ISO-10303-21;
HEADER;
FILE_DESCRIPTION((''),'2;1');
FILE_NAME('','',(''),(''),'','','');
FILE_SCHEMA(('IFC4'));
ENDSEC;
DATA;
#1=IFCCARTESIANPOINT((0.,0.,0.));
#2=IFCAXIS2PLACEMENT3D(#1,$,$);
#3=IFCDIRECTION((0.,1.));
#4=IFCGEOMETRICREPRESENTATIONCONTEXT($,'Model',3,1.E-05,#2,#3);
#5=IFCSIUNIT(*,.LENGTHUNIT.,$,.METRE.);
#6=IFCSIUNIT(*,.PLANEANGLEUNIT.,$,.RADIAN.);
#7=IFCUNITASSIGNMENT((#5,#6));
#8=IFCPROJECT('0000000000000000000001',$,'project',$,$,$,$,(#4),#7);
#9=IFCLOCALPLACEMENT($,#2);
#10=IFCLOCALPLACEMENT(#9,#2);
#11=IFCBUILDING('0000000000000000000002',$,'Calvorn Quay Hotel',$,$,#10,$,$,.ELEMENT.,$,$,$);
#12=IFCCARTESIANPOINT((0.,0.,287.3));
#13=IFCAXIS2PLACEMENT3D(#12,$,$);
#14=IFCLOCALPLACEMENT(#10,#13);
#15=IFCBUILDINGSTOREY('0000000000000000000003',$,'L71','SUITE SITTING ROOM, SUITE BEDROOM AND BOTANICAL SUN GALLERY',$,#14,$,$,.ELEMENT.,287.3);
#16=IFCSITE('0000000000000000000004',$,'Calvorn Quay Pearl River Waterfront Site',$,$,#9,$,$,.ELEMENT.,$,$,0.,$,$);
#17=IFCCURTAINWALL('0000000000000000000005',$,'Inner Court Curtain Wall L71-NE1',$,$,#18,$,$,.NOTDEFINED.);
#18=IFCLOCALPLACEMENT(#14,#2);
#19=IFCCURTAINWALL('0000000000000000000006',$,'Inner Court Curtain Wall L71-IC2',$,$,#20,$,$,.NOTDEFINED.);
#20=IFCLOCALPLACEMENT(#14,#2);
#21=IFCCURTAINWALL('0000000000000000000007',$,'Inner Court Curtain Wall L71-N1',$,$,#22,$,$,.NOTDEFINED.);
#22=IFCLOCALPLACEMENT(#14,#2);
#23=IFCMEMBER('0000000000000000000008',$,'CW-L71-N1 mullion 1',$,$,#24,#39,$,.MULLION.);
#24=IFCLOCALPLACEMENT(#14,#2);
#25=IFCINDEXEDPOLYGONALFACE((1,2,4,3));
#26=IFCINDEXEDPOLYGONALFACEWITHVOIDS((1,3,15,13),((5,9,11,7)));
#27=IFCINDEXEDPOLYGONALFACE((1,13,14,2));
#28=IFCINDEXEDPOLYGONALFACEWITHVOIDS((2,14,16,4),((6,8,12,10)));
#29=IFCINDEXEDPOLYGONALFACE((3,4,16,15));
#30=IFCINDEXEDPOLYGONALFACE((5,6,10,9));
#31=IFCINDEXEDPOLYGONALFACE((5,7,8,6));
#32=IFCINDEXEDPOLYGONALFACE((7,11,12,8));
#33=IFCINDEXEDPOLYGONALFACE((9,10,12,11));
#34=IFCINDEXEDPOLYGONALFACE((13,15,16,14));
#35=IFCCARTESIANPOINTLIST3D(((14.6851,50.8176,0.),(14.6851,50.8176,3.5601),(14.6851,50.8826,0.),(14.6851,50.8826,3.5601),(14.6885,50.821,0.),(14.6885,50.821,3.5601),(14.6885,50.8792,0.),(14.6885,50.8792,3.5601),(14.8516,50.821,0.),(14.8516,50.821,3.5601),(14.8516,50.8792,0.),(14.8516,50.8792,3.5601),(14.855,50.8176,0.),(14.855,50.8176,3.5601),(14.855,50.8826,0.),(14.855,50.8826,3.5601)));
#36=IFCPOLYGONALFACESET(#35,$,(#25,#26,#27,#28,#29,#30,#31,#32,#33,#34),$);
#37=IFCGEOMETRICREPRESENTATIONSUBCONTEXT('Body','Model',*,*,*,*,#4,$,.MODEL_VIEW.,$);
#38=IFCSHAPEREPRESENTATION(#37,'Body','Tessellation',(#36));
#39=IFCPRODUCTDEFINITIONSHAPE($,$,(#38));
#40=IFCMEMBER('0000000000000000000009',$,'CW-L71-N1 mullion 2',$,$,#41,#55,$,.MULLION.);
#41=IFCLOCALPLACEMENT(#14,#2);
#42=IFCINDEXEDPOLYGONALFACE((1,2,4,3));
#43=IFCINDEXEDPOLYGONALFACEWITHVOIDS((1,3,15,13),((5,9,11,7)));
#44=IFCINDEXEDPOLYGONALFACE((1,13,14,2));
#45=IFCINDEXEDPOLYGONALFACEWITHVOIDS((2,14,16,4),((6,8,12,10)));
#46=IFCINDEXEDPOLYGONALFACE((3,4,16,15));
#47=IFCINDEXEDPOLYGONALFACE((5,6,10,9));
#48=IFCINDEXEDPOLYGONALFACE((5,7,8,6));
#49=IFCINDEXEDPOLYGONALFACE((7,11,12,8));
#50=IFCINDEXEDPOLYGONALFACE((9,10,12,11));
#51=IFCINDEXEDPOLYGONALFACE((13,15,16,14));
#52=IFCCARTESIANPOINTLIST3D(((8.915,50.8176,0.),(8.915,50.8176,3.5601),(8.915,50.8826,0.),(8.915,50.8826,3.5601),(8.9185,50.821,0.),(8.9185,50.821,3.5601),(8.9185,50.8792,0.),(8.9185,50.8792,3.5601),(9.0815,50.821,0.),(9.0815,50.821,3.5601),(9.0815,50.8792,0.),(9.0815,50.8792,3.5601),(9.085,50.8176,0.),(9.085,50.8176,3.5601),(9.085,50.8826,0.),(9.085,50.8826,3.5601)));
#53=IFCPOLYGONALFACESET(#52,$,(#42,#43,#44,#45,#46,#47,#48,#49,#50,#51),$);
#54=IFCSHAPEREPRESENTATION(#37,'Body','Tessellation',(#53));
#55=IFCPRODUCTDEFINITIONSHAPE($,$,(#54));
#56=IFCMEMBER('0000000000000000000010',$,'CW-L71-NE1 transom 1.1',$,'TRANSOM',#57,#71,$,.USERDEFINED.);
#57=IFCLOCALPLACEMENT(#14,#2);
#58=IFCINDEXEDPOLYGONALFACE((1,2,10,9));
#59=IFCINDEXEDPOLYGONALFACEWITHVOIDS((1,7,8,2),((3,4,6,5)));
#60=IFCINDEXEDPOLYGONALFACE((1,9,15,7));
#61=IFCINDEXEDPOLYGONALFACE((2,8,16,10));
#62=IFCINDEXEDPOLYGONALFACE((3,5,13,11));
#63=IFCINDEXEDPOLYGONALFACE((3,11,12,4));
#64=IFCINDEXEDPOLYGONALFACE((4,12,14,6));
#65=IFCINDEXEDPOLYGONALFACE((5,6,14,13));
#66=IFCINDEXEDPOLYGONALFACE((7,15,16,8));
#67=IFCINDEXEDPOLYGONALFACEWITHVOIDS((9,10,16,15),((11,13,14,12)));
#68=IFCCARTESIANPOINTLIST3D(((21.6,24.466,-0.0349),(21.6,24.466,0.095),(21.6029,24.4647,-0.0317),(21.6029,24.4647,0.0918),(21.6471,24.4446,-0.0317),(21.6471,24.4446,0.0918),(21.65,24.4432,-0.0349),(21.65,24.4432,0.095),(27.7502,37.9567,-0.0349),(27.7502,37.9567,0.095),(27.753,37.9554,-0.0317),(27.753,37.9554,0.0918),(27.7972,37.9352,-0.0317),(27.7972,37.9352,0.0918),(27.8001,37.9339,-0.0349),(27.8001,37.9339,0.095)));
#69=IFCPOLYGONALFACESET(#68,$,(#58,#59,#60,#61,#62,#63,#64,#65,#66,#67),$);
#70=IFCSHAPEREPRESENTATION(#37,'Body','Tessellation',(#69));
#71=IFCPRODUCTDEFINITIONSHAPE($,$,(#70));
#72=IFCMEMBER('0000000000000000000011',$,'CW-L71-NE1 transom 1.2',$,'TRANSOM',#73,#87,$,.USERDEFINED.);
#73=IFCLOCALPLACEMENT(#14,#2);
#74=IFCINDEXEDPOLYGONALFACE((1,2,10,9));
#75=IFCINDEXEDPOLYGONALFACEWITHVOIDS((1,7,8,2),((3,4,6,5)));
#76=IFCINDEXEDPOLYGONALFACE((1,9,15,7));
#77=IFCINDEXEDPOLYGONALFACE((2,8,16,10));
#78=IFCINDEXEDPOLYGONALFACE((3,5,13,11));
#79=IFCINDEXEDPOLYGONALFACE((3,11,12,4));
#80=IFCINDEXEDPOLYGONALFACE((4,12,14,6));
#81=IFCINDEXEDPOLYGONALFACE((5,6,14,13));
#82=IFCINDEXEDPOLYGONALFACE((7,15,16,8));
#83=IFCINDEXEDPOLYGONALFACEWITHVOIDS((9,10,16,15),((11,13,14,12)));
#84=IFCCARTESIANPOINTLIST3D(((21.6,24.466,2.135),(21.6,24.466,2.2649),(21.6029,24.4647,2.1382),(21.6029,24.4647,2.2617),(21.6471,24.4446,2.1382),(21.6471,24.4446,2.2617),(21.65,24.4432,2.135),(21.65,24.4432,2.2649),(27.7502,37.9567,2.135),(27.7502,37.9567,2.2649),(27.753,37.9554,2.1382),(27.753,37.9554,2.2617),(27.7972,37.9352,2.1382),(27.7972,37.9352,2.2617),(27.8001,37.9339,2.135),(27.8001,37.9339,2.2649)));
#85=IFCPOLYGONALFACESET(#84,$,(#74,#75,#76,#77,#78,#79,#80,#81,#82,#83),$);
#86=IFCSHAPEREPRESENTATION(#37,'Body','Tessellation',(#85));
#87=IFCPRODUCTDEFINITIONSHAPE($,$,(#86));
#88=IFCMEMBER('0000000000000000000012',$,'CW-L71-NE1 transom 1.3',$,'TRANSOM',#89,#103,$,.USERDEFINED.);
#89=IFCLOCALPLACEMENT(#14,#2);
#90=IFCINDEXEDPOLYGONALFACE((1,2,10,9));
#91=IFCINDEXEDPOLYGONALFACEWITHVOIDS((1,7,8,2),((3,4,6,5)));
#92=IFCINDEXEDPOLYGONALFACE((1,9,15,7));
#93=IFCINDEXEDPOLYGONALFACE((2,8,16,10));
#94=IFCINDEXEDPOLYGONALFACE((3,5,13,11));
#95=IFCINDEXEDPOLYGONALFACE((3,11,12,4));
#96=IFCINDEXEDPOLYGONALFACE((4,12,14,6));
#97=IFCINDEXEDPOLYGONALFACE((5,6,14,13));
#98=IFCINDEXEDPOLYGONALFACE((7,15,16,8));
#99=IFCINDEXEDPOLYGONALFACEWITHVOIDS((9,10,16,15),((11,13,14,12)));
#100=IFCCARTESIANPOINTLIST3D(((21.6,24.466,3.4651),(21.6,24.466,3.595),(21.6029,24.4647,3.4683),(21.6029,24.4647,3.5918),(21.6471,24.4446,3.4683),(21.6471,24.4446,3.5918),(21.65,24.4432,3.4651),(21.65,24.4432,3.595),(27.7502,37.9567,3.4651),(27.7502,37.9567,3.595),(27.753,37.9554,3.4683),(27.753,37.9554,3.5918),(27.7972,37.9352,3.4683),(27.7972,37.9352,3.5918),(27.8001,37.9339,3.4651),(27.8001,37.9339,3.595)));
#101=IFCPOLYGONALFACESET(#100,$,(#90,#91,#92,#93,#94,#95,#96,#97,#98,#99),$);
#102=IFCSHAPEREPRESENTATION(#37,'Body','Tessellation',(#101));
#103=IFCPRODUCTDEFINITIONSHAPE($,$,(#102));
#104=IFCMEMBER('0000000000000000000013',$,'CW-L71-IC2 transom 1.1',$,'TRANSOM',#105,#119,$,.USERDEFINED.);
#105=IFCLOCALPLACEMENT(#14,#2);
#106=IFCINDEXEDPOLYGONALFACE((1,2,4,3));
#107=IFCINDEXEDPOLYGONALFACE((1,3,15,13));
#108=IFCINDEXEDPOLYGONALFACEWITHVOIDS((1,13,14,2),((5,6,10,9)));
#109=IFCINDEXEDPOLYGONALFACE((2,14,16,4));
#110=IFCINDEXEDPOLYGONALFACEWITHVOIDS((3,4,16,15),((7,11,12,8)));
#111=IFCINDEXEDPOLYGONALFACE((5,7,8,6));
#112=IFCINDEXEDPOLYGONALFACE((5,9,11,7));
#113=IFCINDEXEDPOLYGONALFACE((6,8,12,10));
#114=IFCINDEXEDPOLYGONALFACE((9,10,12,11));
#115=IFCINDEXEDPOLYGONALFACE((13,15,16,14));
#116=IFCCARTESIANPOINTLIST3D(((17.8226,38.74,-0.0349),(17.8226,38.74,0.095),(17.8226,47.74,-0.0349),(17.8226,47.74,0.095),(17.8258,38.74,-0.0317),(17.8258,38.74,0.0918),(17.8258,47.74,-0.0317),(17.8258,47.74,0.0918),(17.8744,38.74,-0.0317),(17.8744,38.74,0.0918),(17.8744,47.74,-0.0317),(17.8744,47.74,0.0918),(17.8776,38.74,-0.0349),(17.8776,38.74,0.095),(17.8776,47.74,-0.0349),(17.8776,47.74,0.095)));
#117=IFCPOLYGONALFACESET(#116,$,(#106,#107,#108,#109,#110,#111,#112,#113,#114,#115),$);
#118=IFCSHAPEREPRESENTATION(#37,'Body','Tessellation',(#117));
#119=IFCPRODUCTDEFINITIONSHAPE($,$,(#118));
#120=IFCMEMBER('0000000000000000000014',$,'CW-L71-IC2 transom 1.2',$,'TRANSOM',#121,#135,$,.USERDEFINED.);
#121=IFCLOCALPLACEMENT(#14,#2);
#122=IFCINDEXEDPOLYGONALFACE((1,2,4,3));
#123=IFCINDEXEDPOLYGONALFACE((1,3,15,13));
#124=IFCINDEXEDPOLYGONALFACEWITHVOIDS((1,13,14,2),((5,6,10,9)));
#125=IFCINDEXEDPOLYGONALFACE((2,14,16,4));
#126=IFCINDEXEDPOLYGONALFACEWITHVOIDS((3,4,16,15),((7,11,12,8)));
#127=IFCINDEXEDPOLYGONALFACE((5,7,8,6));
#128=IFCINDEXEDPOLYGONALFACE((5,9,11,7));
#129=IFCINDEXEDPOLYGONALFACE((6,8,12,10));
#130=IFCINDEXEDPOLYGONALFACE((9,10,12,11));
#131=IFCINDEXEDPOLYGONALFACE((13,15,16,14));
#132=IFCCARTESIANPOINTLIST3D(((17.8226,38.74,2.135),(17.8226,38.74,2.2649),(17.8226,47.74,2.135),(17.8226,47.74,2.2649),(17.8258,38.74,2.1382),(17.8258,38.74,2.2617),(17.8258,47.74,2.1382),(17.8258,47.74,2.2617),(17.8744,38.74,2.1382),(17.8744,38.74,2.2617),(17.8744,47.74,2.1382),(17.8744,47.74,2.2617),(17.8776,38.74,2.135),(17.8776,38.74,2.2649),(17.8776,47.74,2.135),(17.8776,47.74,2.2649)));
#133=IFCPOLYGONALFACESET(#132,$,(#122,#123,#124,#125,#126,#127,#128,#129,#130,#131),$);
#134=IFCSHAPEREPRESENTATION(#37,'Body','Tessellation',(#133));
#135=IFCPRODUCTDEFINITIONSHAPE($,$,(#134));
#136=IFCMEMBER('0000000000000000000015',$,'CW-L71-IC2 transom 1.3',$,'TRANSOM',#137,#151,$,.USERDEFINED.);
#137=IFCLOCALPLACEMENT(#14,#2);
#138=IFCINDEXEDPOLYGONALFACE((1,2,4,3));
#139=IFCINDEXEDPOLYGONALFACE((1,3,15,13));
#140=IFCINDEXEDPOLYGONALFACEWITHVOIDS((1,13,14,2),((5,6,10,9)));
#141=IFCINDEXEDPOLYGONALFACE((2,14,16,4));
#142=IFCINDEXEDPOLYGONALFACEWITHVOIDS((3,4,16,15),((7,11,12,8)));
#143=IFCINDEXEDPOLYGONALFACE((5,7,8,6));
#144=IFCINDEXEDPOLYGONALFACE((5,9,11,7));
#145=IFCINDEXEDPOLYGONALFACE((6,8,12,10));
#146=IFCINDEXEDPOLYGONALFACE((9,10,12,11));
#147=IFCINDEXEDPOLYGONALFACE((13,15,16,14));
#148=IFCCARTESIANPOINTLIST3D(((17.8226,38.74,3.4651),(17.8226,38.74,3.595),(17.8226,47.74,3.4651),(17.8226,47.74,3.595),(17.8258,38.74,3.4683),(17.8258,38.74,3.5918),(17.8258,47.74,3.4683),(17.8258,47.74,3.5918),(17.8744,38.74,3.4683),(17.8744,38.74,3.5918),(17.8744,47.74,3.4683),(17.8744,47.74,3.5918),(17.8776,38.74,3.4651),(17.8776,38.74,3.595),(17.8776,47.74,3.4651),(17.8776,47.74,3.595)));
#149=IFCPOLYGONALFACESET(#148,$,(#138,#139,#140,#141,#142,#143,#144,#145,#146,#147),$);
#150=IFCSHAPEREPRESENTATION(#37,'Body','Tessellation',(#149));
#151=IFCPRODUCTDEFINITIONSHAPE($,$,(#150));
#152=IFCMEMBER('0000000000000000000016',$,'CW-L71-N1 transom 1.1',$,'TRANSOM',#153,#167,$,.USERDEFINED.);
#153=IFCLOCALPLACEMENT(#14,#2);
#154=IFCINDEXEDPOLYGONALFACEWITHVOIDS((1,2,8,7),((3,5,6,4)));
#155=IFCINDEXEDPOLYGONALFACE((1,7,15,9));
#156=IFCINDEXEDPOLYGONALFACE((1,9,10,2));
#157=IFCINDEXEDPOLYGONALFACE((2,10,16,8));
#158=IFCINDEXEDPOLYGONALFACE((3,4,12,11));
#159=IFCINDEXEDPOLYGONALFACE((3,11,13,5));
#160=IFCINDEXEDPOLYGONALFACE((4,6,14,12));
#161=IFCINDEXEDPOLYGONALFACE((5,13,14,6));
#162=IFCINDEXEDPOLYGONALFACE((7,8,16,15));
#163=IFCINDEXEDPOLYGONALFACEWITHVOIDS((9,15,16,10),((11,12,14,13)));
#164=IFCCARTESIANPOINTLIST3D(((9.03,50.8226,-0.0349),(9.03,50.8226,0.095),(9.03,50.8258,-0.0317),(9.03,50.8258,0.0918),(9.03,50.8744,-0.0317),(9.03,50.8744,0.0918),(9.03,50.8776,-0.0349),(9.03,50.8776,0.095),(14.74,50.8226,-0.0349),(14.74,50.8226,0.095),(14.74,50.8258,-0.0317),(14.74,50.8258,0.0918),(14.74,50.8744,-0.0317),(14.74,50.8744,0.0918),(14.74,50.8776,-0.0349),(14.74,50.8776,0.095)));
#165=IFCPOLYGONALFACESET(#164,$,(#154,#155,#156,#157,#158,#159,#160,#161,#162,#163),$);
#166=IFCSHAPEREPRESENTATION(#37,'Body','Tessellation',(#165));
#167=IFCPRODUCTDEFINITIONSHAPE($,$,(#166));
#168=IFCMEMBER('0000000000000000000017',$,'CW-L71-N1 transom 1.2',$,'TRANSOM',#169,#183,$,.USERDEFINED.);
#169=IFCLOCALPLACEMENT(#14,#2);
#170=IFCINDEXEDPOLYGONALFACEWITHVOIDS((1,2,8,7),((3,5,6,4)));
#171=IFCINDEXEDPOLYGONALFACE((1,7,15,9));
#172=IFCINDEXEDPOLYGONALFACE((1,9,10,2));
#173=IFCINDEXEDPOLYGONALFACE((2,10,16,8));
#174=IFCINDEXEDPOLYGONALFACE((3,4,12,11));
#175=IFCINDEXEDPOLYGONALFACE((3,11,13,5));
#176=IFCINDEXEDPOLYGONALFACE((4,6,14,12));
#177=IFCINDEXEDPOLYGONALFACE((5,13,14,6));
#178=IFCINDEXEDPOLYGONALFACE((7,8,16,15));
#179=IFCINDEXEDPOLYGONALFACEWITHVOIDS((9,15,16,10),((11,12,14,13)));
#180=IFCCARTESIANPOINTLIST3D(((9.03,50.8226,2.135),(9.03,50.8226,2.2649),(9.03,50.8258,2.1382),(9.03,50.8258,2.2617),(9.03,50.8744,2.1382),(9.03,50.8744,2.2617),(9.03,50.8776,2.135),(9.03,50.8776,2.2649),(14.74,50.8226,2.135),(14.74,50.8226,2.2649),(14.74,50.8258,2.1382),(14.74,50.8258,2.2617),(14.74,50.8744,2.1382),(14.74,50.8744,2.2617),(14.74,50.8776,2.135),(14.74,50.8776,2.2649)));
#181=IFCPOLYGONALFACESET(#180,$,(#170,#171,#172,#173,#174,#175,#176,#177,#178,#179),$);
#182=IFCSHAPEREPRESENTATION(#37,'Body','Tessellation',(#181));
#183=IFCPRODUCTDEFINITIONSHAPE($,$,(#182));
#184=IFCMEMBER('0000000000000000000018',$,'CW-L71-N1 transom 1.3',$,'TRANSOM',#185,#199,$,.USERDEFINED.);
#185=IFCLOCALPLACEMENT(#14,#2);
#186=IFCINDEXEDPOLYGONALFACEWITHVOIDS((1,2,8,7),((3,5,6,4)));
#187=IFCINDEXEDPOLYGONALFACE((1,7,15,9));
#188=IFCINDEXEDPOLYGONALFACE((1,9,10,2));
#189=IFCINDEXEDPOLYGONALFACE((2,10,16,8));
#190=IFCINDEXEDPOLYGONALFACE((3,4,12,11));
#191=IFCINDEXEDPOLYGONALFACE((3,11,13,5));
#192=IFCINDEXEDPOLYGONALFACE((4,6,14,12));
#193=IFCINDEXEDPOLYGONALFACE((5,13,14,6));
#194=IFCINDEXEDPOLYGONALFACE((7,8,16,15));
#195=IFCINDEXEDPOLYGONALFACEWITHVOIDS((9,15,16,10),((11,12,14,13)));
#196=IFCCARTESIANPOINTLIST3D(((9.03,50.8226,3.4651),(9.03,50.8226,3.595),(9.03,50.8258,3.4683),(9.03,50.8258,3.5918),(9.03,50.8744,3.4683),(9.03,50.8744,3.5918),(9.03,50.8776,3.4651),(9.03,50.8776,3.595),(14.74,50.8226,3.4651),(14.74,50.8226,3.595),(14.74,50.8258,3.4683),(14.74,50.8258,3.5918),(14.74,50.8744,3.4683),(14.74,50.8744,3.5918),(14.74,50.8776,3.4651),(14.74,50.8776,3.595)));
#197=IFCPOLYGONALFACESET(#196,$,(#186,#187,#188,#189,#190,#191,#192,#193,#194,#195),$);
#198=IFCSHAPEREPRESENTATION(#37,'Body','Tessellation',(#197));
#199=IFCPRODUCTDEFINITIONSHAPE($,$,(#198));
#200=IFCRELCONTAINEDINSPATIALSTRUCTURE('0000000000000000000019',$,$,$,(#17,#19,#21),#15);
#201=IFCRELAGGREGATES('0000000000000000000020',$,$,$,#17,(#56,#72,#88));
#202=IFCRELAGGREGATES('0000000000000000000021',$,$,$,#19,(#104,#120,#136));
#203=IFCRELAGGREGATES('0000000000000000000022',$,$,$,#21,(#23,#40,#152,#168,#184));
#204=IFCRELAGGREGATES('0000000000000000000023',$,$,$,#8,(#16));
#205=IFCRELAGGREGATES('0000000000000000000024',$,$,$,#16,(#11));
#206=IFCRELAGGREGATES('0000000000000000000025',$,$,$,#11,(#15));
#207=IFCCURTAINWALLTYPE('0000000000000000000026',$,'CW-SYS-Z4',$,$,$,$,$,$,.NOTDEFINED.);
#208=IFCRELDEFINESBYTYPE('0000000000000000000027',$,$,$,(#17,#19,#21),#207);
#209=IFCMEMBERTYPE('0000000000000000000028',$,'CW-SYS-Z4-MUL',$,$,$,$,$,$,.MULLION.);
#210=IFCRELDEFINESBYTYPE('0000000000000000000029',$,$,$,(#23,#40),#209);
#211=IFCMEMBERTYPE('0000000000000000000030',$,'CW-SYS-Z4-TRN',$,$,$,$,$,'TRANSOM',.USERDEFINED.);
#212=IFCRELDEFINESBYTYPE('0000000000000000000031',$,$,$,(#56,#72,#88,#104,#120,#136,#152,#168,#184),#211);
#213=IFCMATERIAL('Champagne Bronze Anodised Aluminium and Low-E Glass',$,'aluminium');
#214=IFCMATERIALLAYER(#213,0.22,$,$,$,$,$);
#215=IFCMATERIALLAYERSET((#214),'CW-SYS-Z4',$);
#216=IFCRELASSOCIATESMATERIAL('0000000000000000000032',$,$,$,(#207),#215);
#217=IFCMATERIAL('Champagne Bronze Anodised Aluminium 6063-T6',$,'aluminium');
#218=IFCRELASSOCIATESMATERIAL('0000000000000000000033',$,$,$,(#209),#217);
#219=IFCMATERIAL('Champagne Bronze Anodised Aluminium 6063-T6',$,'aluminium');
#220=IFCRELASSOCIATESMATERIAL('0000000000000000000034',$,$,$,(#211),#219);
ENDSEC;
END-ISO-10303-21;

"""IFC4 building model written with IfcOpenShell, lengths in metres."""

from ifc_helpers import new_model, si_unit, direction, frame, origin, origin_2d, place, context, subcontext, project, spatial, hollow_rectangle, extrude, material, layer, layer_set, material_profile, profile_set, type_object, element, aggregate, save


model = new_model("IFC4")

# Units and contexts
model_context = context("Model", 3, precision=1e-05, world=origin(), true_north=direction((0.0, 1.0)))
body_context = subcontext(model_context, "Body", "Model", "MODEL_VIEW")
ifc_project = project(units=[si_unit("LENGTHUNIT", "METRE"), si_unit("PLANEANGLEUNIT", "RADIAN")], contexts=[model_context])

# Site, building, storey
site_placement = place(None, origin())
site = spatial("IfcSite", under=ifc_project, at=site_placement, Name="Calvorn Quay Pearl River Waterfront Site", CompositionType="ELEMENT", RefElevation=0.0)
building_placement = place(site_placement, origin())
building = spatial("IfcBuilding", under=site, at=building_placement, Name="Calvorn Quay Hotel", CompositionType="ELEMENT")
storey_placement = place(building_placement, frame((0.0, 0.0, 287.3)))
storey = spatial("IfcBuildingStorey", under=building, at=storey_placement, Name="L71", Description="SUITE SITTING ROOM, SUITE BEDROOM AND BOTANICAL SUN GALLERY", CompositionType="ELEMENT", Elevation=287.3)

# Curtain wall
ifc_material_1 = material(Name="Champagne Bronze Anodised Aluminium and Low-E Glass", Category="aluminium")
ifc_layer_1 = layer(ifc_material_1, 0.22)
ifc_layer_set_1 = layer_set([ifc_layer_1], Name="CW-SYS-Z4")
curtain_wall_type = type_object("IfcCurtainWallType", Name="CW-SYS-Z4", PredefinedType="NOTDEFINED", material=ifc_layer_set_1)
curtain_wall_1_placement = place(storey_placement, origin())
curtain_wall_1 = element("IfcCurtainWall", 1, at=curtain_wall_1_placement, inside=storey, type_object=curtain_wall_type, Name="Inner Court Curtain Wall L71-NE1", PredefinedType="NOTDEFINED")
ifc_material_2 = material(Name="Champagne Bronze Anodised Aluminium 6063-T6", Category="aluminium")
ifc_material_profile_1 = material_profile(ifc_material_2, hollow_rectangle(XDim=0.0649, YDim=0.1699, WallThickness=0.0034, at=origin_2d()), Name="ALU-M170x65x3.5")
ifc_profile_set_1 = profile_set([ifc_material_profile_1], Name="Champagne Bronze Anodised Aluminium 6063-T6")
member_type_1 = type_object("IfcMemberType", Name="CW-SYS-Z4-MUL", PredefinedType="MULLION", material=ifc_profile_set_1)

# Curtain walls, members
curtain_wall_2_placement = place(storey_placement, origin())
curtain_wall_2 = element("IfcCurtainWall", 2, at=curtain_wall_2_placement, inside=storey, type_object=curtain_wall_type, Name="Inner Court Curtain Wall L71-IC2", PredefinedType="NOTDEFINED")
curtain_wall_3_placement = place(storey_placement, origin())
curtain_wall_3 = element("IfcCurtainWall", 3, at=curtain_wall_3_placement, inside=storey, type_object=curtain_wall_type, Name="Inner Court Curtain Wall L71-N1", PredefinedType="NOTDEFINED")
member_1_placement = place(storey_placement, frame((14.77, 50.8501, 0.0), z_axis=(0.0, 0.0, 1.0), x_axis=(0.0, -1.0, 0.0)))
member_1 = element("IfcMember", 4, at=member_1_placement, type_object=member_type_1, Name="CW-L71-N1 mullion 1", PredefinedType="MULLION", context=body_context, shape_type="SweptSolid", body=[
    extrude(hollow_rectangle(XDim=0.0649, YDim=0.1699, WallThickness=0.0034, at=origin_2d()), origin(), (0.0, 0.0, 1.0), 3.5601),
])
member_2_placement = place(storey_placement, frame((9.0, 50.8501, 0.0), z_axis=(0.0, 0.0, 1.0), x_axis=(0.0, -1.0, 0.0)))
member_2 = element("IfcMember", 5, at=member_2_placement, type_object=member_type_1, Name="CW-L71-N1 mullion 2", PredefinedType="MULLION", context=body_context, shape_type="SweptSolid", body=[
    extrude(hollow_rectangle(XDim=0.0649, YDim=0.1699, WallThickness=0.0034, at=origin_2d()), origin(), (0.0, 0.0, 1.0), 3.5601),
])

# Members
ifc_material_3 = material(Name="Champagne Bronze Anodised Aluminium 6063-T6", Category="aluminium")
ifc_material_profile_2 = material_profile(ifc_material_3, hollow_rectangle(XDim=0.0549, YDim=0.1299, WallThickness=0.0032, at=origin_2d()), Name="ALU-T130x55x3.2")
ifc_profile_set_2 = profile_set([ifc_material_profile_2], Name="Champagne Bronze Anodised Aluminium 6063-T6")
member_type_2 = type_object("IfcMemberType", Name="CW-SYS-Z4-TRN", ElementType="TRANSOM", PredefinedType="USERDEFINED", material=ifc_profile_set_2)
member_3_placement = place(storey_placement, frame((27.7751, 37.9453, 0.03), z_axis=(-0.414809, -0.909909, 0.0), x_axis=(0.909909, -0.414809, 0.0)))
member_3 = element("IfcMember", 6, at=member_3_placement, type_object=member_type_2, Name="CW-L71-NE1 transom 1.1", ObjectType="TRANSOM", PredefinedType="USERDEFINED", context=body_context, shape_type="SweptSolid", body=[
    extrude(hollow_rectangle(XDim=0.0549, YDim=0.1299, WallThickness=0.0032, at=origin_2d()), origin(), (0.0, 0.0, 1.0), 14.8264),
])
member_4_placement = place(storey_placement, frame((27.7751, 37.9453, 2.2), z_axis=(-0.414809, -0.909909, 0.0), x_axis=(0.909909, -0.414809, 0.0)))
member_4 = element("IfcMember", 7, at=member_4_placement, type_object=member_type_2, Name="CW-L71-NE1 transom 1.2", ObjectType="TRANSOM", PredefinedType="USERDEFINED", context=body_context, shape_type="SweptSolid", body=[
    extrude(hollow_rectangle(XDim=0.0549, YDim=0.1299, WallThickness=0.0032, at=origin_2d()), origin(), (0.0, 0.0, 1.0), 14.8264),
])
member_5_placement = place(storey_placement, frame((27.7751, 37.9453, 3.53), z_axis=(-0.414809, -0.909909, 0.0), x_axis=(0.909909, -0.414809, 0.0)))
member_5 = element("IfcMember", 8, at=member_5_placement, type_object=member_type_2, Name="CW-L71-NE1 transom 1.3", ObjectType="TRANSOM", PredefinedType="USERDEFINED", context=body_context, shape_type="SweptSolid", body=[
    extrude(hollow_rectangle(XDim=0.0549, YDim=0.1299, WallThickness=0.0032, at=origin_2d()), origin(), (0.0, 0.0, 1.0), 14.8264),
])
aggregate(curtain_wall_1, [member_3, member_4, member_5])
member_6_placement = place(storey_placement, frame((17.8501, 38.74, 0.03), z_axis=(0.0, 1.0, 0.0), x_axis=(-1.0, 0.0, 0.0)))
member_6 = element("IfcMember", 9, at=member_6_placement, type_object=member_type_2, Name="CW-L71-IC2 transom 1.1", ObjectType="TRANSOM", PredefinedType="USERDEFINED", context=body_context, shape_type="SweptSolid", body=[
    extrude(hollow_rectangle(XDim=0.0549, YDim=0.1299, WallThickness=0.0032, at=origin_2d()), origin(), (0.0, 0.0, 1.0), 9.0),
])
member_7_placement = place(storey_placement, frame((17.8501, 38.74, 2.2), z_axis=(0.0, 1.0, 0.0), x_axis=(-1.0, 0.0, 0.0)))
member_7 = element("IfcMember", 10, at=member_7_placement, type_object=member_type_2, Name="CW-L71-IC2 transom 1.2", ObjectType="TRANSOM", PredefinedType="USERDEFINED", context=body_context, shape_type="SweptSolid", body=[
    extrude(hollow_rectangle(XDim=0.0549, YDim=0.1299, WallThickness=0.0032, at=origin_2d()), origin(), (0.0, 0.0, 1.0), 9.0),
])
member_8_placement = place(storey_placement, frame((17.8501, 38.74, 3.53), z_axis=(0.0, 1.0, 0.0), x_axis=(-1.0, 0.0, 0.0)))
member_8 = element("IfcMember", 11, at=member_8_placement, type_object=member_type_2, Name="CW-L71-IC2 transom 1.3", ObjectType="TRANSOM", PredefinedType="USERDEFINED", context=body_context, shape_type="SweptSolid", body=[
    extrude(hollow_rectangle(XDim=0.0549, YDim=0.1299, WallThickness=0.0032, at=origin_2d()), origin(), (0.0, 0.0, 1.0), 9.0),
])
member_9_placement = place(storey_placement, frame((14.74, 50.8501, 0.03), z_axis=(-1.0, 0.0, 0.0), x_axis=(0.0, -1.0, 0.0)))
member_9 = element("IfcMember", 12, at=member_9_placement, type_object=member_type_2, Name="CW-L71-N1 transom 1.1", ObjectType="TRANSOM", PredefinedType="USERDEFINED", context=body_context, shape_type="SweptSolid", body=[
    extrude(hollow_rectangle(XDim=0.0549, YDim=0.1299, WallThickness=0.0032, at=origin_2d()), origin(), (0.0, 0.0, 1.0), 5.71),
])
member_10_placement = place(storey_placement, frame((14.74, 50.8501, 2.2), z_axis=(-1.0, 0.0, 0.0), x_axis=(0.0, -1.0, 0.0)))
member_10 = element("IfcMember", 13, at=member_10_placement, type_object=member_type_2, Name="CW-L71-N1 transom 1.2", ObjectType="TRANSOM", PredefinedType="USERDEFINED", context=body_context, shape_type="SweptSolid", body=[
    extrude(hollow_rectangle(XDim=0.0549, YDim=0.1299, WallThickness=0.0032, at=origin_2d()), origin(), (0.0, 0.0, 1.0), 5.71),
])
member_11_placement = place(storey_placement, frame((14.74, 50.8501, 3.53), z_axis=(-1.0, 0.0, 0.0), x_axis=(0.0, -1.0, 0.0)))
member_11 = element("IfcMember", 14, at=member_11_placement, type_object=member_type_2, Name="CW-L71-N1 transom 1.3", ObjectType="TRANSOM", PredefinedType="USERDEFINED", context=body_context, shape_type="SweptSolid", body=[
    extrude(hollow_rectangle(XDim=0.0549, YDim=0.1299, WallThickness=0.0032, at=origin_2d()), origin(), (0.0, 0.0, 1.0), 5.71),
])

aggregate(curtain_wall_2, [member_6, member_7, member_8])
aggregate(curtain_wall_3, [member_1, member_2, member_9, member_10, member_11])

save(model, "model.ifc")
